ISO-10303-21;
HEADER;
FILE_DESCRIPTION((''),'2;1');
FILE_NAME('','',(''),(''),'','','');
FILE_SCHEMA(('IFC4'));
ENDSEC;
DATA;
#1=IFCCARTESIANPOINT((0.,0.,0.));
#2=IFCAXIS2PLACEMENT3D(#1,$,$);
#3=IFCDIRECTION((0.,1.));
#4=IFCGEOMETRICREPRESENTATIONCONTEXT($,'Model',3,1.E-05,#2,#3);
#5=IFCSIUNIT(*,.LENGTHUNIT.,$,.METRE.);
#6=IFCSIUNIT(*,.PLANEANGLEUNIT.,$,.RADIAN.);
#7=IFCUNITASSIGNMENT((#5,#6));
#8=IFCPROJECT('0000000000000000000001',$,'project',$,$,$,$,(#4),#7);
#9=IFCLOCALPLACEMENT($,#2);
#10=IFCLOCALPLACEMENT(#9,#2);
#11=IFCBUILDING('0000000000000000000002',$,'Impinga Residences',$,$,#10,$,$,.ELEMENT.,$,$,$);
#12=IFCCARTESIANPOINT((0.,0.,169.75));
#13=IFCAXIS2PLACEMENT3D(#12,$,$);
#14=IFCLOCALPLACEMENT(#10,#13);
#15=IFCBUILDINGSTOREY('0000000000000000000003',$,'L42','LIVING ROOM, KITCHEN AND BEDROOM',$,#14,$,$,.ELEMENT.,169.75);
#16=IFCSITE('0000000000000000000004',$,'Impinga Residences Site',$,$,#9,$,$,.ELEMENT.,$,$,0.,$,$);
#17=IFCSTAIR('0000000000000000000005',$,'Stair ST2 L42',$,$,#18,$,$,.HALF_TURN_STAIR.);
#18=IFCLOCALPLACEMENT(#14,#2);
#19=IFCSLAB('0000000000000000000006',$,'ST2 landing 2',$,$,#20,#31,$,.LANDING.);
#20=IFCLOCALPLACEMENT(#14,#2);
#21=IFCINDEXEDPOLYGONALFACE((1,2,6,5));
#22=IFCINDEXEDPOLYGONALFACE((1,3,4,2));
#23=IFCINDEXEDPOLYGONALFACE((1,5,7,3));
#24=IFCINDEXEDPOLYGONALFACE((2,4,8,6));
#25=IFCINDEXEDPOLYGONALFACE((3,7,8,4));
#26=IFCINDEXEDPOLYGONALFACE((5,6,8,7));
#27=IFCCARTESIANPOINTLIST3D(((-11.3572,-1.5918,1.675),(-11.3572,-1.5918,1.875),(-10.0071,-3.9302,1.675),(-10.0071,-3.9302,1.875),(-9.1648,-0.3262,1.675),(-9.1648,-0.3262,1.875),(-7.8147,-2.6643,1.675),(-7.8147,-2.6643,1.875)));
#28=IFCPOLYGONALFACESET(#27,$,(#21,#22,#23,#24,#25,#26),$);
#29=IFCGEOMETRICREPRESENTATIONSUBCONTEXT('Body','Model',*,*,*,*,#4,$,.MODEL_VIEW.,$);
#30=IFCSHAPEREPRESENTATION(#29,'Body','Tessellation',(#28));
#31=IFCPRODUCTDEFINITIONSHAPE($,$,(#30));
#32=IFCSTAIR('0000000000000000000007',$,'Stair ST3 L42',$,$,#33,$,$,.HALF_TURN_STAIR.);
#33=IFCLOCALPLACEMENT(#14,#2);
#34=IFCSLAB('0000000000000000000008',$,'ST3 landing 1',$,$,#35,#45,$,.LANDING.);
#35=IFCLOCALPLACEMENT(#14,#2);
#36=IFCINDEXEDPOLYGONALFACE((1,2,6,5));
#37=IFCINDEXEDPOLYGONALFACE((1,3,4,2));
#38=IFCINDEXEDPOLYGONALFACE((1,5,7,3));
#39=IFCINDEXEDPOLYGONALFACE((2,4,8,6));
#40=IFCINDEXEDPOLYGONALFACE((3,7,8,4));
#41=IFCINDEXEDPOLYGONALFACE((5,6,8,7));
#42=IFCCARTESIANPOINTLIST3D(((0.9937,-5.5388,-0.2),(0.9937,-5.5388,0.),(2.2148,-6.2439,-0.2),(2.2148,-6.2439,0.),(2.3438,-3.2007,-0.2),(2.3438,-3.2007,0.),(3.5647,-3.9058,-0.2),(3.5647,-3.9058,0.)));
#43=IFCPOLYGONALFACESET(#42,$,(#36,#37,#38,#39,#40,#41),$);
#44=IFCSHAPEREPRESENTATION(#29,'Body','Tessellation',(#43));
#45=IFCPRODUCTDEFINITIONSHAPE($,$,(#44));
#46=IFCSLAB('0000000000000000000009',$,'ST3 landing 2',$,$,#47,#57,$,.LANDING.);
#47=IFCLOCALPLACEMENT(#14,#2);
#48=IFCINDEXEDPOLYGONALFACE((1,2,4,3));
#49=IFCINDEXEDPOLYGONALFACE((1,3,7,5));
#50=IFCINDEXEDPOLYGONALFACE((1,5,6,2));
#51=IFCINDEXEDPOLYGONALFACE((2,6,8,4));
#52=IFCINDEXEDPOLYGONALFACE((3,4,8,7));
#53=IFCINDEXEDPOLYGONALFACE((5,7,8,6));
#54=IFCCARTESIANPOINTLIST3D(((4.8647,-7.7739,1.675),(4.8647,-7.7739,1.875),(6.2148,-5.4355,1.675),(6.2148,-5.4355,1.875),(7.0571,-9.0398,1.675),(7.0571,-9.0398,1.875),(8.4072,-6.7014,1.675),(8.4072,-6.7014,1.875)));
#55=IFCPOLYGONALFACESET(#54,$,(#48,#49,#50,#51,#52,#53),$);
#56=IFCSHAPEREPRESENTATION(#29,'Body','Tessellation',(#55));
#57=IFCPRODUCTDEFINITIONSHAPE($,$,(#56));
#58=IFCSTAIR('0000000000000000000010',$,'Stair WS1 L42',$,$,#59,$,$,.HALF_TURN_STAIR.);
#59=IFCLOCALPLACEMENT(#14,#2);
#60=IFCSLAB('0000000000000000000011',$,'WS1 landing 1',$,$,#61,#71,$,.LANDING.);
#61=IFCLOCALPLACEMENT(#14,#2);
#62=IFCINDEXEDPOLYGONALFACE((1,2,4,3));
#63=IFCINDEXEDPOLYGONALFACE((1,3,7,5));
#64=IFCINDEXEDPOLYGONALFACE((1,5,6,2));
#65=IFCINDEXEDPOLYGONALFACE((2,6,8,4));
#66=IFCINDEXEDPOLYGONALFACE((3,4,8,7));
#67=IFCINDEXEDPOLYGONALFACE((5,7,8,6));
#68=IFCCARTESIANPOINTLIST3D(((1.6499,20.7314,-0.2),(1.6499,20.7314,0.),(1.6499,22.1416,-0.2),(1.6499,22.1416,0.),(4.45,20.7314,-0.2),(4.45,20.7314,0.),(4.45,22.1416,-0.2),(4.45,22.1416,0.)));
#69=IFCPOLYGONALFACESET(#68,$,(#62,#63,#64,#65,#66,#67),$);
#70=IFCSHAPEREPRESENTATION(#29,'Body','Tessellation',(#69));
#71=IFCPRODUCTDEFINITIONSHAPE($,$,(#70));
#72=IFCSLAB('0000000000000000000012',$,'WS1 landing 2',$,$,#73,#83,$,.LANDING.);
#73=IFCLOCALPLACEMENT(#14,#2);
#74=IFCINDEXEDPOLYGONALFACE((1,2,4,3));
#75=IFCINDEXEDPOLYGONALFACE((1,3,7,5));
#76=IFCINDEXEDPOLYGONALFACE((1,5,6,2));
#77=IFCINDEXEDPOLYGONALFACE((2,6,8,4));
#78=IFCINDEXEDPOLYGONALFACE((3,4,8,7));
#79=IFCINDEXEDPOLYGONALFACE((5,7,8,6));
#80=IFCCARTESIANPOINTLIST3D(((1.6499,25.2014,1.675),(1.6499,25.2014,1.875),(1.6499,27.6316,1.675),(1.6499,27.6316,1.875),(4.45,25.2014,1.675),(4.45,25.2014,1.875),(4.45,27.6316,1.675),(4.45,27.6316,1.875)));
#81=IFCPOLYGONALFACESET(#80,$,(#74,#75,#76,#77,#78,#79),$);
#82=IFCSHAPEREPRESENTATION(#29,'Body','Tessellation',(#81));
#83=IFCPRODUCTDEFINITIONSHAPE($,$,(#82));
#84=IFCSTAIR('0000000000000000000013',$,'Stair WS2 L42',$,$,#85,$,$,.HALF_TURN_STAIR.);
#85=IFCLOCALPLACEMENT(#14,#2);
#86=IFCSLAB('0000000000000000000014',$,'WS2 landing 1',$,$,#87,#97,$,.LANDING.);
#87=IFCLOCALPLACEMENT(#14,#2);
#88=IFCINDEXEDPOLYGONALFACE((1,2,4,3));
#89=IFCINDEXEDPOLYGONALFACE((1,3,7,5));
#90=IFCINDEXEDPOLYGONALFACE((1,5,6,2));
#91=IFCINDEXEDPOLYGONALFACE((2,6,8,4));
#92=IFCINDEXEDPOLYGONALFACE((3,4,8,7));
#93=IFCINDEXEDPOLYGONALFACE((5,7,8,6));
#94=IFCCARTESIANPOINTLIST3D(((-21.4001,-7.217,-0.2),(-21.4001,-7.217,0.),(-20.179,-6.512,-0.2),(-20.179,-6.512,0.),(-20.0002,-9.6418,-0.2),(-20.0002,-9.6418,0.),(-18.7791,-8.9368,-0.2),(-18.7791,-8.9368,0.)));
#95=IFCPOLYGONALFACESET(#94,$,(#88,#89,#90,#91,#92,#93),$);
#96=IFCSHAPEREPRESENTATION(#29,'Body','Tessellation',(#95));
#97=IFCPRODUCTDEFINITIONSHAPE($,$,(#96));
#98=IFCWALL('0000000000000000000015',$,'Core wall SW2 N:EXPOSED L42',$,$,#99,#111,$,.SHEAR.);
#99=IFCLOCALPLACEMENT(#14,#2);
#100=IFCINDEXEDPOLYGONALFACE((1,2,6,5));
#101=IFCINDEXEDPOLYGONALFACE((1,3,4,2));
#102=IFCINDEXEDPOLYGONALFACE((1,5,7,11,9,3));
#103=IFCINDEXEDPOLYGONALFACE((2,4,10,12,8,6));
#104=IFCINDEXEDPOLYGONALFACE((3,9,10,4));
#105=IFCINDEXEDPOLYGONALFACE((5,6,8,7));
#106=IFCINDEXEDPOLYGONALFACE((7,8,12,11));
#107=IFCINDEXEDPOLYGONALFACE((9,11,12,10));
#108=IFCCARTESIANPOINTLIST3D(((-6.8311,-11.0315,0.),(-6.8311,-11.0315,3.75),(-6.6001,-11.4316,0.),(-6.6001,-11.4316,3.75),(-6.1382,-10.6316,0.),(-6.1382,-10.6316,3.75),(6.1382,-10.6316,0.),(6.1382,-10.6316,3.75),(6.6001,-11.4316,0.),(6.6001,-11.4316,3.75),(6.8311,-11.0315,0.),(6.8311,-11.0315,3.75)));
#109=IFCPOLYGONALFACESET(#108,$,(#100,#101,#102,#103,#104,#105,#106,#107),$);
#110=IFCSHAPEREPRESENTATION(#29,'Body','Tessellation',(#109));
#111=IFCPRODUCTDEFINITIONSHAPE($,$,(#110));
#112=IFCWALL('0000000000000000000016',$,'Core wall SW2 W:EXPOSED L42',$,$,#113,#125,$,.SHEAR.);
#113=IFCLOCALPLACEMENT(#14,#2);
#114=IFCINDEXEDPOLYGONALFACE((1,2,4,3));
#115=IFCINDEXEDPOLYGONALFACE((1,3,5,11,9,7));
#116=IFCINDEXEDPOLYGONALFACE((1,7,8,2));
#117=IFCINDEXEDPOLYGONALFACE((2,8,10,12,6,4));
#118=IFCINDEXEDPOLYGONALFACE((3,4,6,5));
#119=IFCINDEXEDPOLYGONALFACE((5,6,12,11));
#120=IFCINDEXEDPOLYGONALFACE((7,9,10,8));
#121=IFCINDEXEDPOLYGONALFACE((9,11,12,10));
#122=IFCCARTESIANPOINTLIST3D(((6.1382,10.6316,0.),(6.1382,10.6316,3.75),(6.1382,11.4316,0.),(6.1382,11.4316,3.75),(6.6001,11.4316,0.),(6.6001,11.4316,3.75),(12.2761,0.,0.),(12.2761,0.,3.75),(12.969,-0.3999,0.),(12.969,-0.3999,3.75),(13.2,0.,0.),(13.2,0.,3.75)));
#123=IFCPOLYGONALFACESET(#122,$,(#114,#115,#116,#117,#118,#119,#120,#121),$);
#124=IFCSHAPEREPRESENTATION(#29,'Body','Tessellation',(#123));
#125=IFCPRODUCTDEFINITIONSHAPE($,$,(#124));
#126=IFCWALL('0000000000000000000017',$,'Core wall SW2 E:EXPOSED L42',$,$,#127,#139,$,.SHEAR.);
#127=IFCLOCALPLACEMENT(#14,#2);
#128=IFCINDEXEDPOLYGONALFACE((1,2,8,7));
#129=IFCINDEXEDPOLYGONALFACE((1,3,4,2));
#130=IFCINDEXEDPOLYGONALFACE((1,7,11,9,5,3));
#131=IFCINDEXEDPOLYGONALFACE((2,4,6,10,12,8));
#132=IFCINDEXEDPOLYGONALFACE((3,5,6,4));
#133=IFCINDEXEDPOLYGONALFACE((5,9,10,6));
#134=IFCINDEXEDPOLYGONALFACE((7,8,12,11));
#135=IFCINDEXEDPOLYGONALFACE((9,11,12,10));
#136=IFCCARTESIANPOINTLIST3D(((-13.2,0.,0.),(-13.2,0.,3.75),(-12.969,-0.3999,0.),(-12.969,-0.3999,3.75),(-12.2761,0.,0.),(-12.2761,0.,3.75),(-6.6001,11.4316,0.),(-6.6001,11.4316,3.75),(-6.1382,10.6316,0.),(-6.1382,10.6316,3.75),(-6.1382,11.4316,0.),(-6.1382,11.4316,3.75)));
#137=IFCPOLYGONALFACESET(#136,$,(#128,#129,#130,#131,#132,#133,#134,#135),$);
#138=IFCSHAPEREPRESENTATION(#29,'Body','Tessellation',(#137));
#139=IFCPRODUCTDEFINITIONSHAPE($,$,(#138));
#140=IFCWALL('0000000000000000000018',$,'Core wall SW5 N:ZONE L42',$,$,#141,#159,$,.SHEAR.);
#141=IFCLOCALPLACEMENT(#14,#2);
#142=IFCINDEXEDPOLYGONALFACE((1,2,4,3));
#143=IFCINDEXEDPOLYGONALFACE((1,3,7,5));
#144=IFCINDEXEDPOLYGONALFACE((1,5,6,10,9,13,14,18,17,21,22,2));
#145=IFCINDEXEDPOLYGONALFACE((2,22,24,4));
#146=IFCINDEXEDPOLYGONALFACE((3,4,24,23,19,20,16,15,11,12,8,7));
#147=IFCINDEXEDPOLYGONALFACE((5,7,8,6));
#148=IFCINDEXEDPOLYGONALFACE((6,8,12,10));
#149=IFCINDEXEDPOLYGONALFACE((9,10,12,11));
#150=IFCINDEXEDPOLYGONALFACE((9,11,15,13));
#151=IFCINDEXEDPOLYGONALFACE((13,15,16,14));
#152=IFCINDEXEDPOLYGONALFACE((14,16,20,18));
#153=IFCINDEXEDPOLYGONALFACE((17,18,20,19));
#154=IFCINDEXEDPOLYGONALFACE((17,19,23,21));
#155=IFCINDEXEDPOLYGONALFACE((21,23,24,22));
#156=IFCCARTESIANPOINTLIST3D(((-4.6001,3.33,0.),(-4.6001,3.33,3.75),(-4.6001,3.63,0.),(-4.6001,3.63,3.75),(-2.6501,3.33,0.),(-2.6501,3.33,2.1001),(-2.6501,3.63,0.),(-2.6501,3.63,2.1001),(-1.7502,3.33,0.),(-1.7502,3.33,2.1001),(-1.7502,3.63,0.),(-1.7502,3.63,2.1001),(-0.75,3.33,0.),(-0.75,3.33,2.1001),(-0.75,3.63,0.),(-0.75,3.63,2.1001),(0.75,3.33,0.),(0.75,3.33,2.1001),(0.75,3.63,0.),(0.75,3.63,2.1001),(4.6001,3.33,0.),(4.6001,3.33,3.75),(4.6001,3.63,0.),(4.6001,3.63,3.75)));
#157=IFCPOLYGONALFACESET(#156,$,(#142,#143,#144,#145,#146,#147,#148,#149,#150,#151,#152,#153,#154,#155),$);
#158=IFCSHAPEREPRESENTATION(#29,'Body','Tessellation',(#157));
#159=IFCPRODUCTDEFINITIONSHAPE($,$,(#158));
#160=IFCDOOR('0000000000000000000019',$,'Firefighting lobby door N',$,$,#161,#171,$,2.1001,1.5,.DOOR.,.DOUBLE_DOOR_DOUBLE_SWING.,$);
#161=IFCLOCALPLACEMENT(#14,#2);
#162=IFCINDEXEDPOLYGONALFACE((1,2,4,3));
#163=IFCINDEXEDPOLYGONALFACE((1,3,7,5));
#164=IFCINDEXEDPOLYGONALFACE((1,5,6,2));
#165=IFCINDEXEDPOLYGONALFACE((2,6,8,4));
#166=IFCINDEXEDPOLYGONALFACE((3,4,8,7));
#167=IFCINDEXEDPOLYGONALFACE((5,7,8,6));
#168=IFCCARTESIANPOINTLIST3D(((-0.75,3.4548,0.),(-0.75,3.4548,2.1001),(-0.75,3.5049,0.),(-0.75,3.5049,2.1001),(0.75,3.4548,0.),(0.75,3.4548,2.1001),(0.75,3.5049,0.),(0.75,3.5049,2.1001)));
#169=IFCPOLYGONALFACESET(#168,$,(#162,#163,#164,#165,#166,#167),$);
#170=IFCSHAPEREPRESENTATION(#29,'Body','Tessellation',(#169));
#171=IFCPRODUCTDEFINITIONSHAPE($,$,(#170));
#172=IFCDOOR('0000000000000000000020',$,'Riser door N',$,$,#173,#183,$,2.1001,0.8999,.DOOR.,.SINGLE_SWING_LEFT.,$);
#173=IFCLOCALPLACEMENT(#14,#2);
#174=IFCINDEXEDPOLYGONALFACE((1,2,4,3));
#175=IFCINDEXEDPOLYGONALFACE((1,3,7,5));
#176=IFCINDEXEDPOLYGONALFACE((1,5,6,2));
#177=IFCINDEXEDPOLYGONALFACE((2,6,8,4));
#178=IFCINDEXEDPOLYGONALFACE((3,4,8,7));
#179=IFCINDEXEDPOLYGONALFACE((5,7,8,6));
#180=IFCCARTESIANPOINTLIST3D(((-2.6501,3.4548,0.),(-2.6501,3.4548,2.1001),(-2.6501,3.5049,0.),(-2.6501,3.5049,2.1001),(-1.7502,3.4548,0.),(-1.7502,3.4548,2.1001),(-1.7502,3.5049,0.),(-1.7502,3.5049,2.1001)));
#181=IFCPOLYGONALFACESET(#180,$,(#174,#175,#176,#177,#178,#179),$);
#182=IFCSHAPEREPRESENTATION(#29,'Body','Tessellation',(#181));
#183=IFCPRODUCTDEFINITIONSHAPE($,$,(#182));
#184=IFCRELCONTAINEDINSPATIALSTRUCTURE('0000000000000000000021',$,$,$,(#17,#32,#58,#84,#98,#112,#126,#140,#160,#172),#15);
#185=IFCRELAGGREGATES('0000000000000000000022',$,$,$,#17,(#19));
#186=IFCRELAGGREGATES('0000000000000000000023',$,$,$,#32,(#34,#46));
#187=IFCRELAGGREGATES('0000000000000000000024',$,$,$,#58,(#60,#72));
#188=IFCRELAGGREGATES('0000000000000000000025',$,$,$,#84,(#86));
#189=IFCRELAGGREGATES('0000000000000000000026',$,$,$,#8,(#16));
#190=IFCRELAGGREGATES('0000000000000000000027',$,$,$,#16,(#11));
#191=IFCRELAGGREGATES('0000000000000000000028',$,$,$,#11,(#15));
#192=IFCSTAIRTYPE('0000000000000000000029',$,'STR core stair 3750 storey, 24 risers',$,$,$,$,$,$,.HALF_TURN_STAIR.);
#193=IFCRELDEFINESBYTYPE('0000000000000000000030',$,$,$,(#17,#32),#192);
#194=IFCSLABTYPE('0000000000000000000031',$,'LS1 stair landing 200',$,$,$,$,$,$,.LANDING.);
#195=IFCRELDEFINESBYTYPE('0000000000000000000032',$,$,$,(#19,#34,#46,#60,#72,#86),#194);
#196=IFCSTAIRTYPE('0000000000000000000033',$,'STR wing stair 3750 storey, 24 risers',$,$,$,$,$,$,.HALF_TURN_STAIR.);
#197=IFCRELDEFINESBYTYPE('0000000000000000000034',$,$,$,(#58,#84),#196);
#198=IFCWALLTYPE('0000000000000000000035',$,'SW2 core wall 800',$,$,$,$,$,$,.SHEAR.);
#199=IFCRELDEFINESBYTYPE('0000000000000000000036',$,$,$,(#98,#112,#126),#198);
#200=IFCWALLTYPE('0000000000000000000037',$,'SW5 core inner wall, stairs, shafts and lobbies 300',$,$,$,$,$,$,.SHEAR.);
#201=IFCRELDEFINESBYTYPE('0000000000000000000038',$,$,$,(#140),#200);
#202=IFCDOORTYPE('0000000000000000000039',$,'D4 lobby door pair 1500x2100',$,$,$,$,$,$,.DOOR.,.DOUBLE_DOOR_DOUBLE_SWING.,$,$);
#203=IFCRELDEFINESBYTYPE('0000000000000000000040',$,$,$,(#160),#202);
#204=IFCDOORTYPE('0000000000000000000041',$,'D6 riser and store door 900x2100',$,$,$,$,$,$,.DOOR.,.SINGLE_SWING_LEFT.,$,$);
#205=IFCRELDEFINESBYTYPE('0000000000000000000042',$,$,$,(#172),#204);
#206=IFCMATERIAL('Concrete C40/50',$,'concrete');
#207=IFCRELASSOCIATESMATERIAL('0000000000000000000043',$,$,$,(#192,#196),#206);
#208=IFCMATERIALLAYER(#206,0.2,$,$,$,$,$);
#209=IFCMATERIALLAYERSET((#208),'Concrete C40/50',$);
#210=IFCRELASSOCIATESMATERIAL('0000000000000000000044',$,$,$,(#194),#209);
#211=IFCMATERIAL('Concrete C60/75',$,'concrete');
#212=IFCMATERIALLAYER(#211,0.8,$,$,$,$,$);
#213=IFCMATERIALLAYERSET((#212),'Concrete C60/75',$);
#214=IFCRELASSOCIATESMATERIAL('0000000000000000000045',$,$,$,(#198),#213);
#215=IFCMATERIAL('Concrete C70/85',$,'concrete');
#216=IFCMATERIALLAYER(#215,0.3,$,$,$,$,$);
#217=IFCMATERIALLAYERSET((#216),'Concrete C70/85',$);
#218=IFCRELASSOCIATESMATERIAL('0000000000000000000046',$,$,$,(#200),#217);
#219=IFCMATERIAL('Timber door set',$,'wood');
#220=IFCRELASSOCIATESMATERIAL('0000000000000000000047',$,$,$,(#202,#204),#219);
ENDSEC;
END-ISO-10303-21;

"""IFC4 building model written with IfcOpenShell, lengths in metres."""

from ifc_helpers import new_model, si_unit, direction, frame, frame_2d, origin, place, context, subcontext, project, spatial, polyline, rectangle, outline, extrude, material, layer, layer_set, type_object, element, fill, aggregate, save


model = new_model("IFC4")

# Units and contexts
model_context = context("Model", 3, precision=1e-05, world=origin(), true_north=direction((0.0, 1.0)))
body_context = subcontext(model_context, "Body", "Model", "MODEL_VIEW")
ifc_project = project(units=[si_unit("LENGTHUNIT", "METRE"), si_unit("PLANEANGLEUNIT", "RADIAN")], contexts=[model_context])

# Site, building, storey
site_placement = place(None, origin())
site = spatial("IfcSite", under=ifc_project, at=site_placement, Name="Impinga Residences Site", CompositionType="ELEMENT", RefElevation=0.0)
building_placement = place(site_placement, origin())
building = spatial("IfcBuilding", under=site, at=building_placement, Name="Impinga Residences", CompositionType="ELEMENT")
storey_placement = place(building_placement, frame((0.0, 0.0, 169.75)))
storey = spatial("IfcBuildingStorey", under=building, at=storey_placement, Name="L42", Description="LIVING ROOM, KITCHEN AND BEDROOM", CompositionType="ELEMENT", Elevation=169.75)

# Shared definitions
ifc_material_1 = material(Name="Concrete C60/75", Category="concrete")

# Stairs, slabs
ifc_material_2 = material(Name="Concrete C40/50", Category="concrete")
stair_type_1 = type_object("IfcStairType", Name="STR core stair 3750 storey, 24 risers", PredefinedType="HALF_TURN_STAIR", material=ifc_material_2)
ifc_layer_1 = layer(ifc_material_2, 0.2)
ifc_layer_set_1 = layer_set([ifc_layer_1], Name="Concrete C40/50")
slab_type_1 = type_object("IfcSlabType", Name="LS1 stair landing 200", PredefinedType="LANDING", material=ifc_layer_set_1)
stair_1_placement = place(storey_placement, origin())
stair_1 = element("IfcStair", 1, at=stair_1_placement, inside=storey, type_object=stair_type_1, Name="Stair ST2 L42", PredefinedType="HALF_TURN_STAIR")
slab_1_placement = place(storey_placement, frame((0.0, 0.0, 1.675)))
slab_1 = element("IfcSlab", 2, at=slab_1_placement, type_object=slab_type_1, Name="ST2 landing 2", PredefinedType="LANDING", context=body_context, shape_type="SweptSolid", body=[
    extrude(outline(polyline([(-7.8147, -2.6643), (-9.1648, -0.3262), (-11.3572, -1.5918), (-10.0071, -3.9302), (-7.8147, -2.6643)])), origin(), (0.0, 0.0, 1.0), 0.2),
])
aggregate(stair_1, [slab_1])
stair_2_placement = place(storey_placement, origin())
stair_2 = element("IfcStair", 3, at=stair_2_placement, inside=storey, type_object=stair_type_1, Name="Stair ST3 L42", PredefinedType="HALF_TURN_STAIR")
slab_2_placement = place(storey_placement, frame((0.0, 0.0, -0.2)))
slab_2 = element("IfcSlab", 4, at=slab_2_placement, type_object=slab_type_1, Name="ST3 landing 1", PredefinedType="LANDING", context=body_context, shape_type="SweptSolid", body=[
    extrude(outline(polyline([(2.3438, -3.2007), (0.9937, -5.5388), (2.2148, -6.2439), (3.5647, -3.9058), (2.3438, -3.2007)])), origin(), (0.0, 0.0, 1.0), 0.2),
])
slab_3_placement = place(storey_placement, frame((0.0, 0.0, 1.675)))
slab_3 = element("IfcSlab", 5, at=slab_3_placement, type_object=slab_type_1, Name="ST3 landing 2", PredefinedType="LANDING", context=body_context, shape_type="SweptSolid", body=[
    extrude(outline(polyline([(6.2148, -5.4355), (4.8647, -7.7739), (7.0571, -9.0398), (8.4072, -6.7014), (6.2148, -5.4355)])), origin(), (0.0, 0.0, 1.0), 0.2),
])
aggregate(stair_2, [slab_2, slab_3])
stair_type_2 = type_object("IfcStairType", Name="STR wing stair 3750 storey, 24 risers", PredefinedType="HALF_TURN_STAIR", material=ifc_material_2)
stair_3_placement = place(storey_placement, origin())
stair_3 = element("IfcStair", 6, at=stair_3_placement, inside=storey, type_object=stair_type_2, Name="Stair WS1 L42", PredefinedType="HALF_TURN_STAIR")
slab_4_placement = place(storey_placement, frame((0.0, 0.0, -0.2)))
slab_4 = element("IfcSlab", 7, at=slab_4_placement, type_object=slab_type_1, Name="WS1 landing 1", PredefinedType="LANDING", context=body_context, shape_type="SweptSolid", body=[
    extrude(outline(polyline([(1.6499, 20.7314), (4.45, 20.7314), (4.45, 22.1416), (1.6499, 22.1416), (1.6499, 20.7314)])), origin(), (0.0, 0.0, 1.0), 0.2),
])
slab_5_placement = place(storey_placement, frame((0.0, 0.0, 1.675)))
slab_5 = element("IfcSlab", 8, at=slab_5_placement, type_object=slab_type_1, Name="WS1 landing 2", PredefinedType="LANDING", context=body_context, shape_type="SweptSolid", body=[
    extrude(outline(polyline([(1.6499, 25.2014), (4.45, 25.2014), (4.45, 27.6316), (1.6499, 27.6316), (1.6499, 25.2014)])), origin(), (0.0, 0.0, 1.0), 0.2),
])
aggregate(stair_3, [slab_4, slab_5])

# Stair, slab
stair_4_placement = place(storey_placement, origin())
stair_4 = element("IfcStair", 9, at=stair_4_placement, inside=storey, type_object=stair_type_2, Name="Stair WS2 L42", PredefinedType="HALF_TURN_STAIR")
slab_6_placement = place(storey_placement, frame((0.0, 0.0, -0.2)))
slab_6 = element("IfcSlab", 10, at=slab_6_placement, type_object=slab_type_1, Name="WS2 landing 1", PredefinedType="LANDING", context=body_context, shape_type="SweptSolid", body=[
    extrude(outline(polyline([(-18.7791, -8.9368), (-20.179, -6.512), (-21.4001, -7.217), (-20.0002, -9.6418), (-18.7791, -8.9368)])), origin(), (0.0, 0.0, 1.0), 0.2),
])
aggregate(stair_4, [slab_6])

# Walls
ifc_layer_2 = layer(ifc_material_1, 0.8)
ifc_layer_set_2 = layer_set([ifc_layer_2], Name="Concrete C60/75")
wall_type_1 = type_object("IfcWallType", Name="SW2 core wall 800", PredefinedType="SHEAR", material=ifc_layer_set_2)
wall_1_placement = place(storey_placement, origin())
element("IfcWall", 11, at=wall_1_placement, inside=storey, type_object=wall_type_1, Name="Core wall SW2 N:EXPOSED L42", PredefinedType="SHEAR", context=body_context, shape_type="SweptSolid", body=[
    extrude(outline(polyline([(-6.6001, -11.4316), (6.6001, -11.4316), (6.8311, -11.0315), (6.1382, -10.6316), (-6.1382, -10.6316), (-6.8311, -11.0315), (-6.6001, -11.4316)])), origin(), (0.0, 0.0, 1.0), 3.75),
])
wall_2_placement = place(storey_placement, origin())
element("IfcWall", 12, at=wall_2_placement, inside=storey, type_object=wall_type_1, Name="Core wall SW2 W:EXPOSED L42", PredefinedType="SHEAR", context=body_context, shape_type="SweptSolid", body=[
    extrude(outline(polyline([(13.2, 0.0), (6.6001, 11.4316), (6.1382, 11.4316), (6.1382, 10.6316), (12.2761, 0.0), (12.969, -0.3999), (13.2, 0.0)])), origin(), (0.0, 0.0, 1.0), 3.75),
])
wall_3_placement = place(storey_placement, origin())
element("IfcWall", 13, at=wall_3_placement, inside=storey, type_object=wall_type_1, Name="Core wall SW2 E:EXPOSED L42", PredefinedType="SHEAR", context=body_context, shape_type="SweptSolid", body=[
    extrude(outline(polyline([(-6.6001, 11.4316), (-13.2, 0.0), (-12.969, -0.3999), (-12.2761, 0.0), (-6.1382, 10.6316), (-6.1382, 11.4316), (-6.6001, 11.4316)])), origin(), (0.0, 0.0, 1.0), 3.75),
])

# Wall, openings, doors
ifc_material_3 = material(Name="Concrete C70/85", Category="concrete")
ifc_layer_3 = layer(ifc_material_3, 0.3)
ifc_layer_set_3 = layer_set([ifc_layer_3], Name="Concrete C70/85")
wall_type_2 = type_object("IfcWallType", Name="SW5 core inner wall, stairs, shafts and lobbies 300", PredefinedType="SHEAR", material=ifc_layer_set_3)
wall_4_placement = place(storey_placement, frame((-4.6001, 3.48, 0.0), z_axis=(0.0, 0.0, 1.0), x_axis=(1.0, 0.0, 0.0)))
wall_4 = element("IfcWall", 14, at=wall_4_placement, inside=storey, type_object=wall_type_2, Name="Core wall SW5 N:ZONE L42", PredefinedType="SHEAR", context=body_context, shape_type="SweptSolid", body=[
    extrude(rectangle(XDim=9.2002, YDim=0.3, at=frame_2d((4.6001, 0.0))), origin(), (0.0, 0.0, 1.0), 3.75),
])
opening_1_placement = place(wall_4_placement, frame((3.8501, 0.0, 0.0)))
opening_1 = element("IfcOpeningElement", 15, at=opening_1_placement, cuts=wall_4, PredefinedType="OPENING", context=body_context, shape_type="SweptSolid", body=[
    extrude(rectangle(XDim=1.5, YDim=2.1001, at=frame_2d((0.75, 1.05))), frame((0.0, 0.1599, 0.0), z_axis=(0.0, -1.0, 0.0), x_axis=(1.0, 0.0, 0.0)), (0.0, 0.0, 1.0), 0.3201),
])
opening_2_placement = place(wall_4_placement, frame((1.95, 0.0, 0.0)))
opening_2 = element("IfcOpeningElement", 16, at=opening_2_placement, cuts=wall_4, PredefinedType="OPENING", context=body_context, shape_type="SweptSolid", body=[
    extrude(rectangle(XDim=0.8999, YDim=2.1001, at=frame_2d((0.45, 1.05))), frame((0.0, 0.1599, 0.0), z_axis=(0.0, -1.0, 0.0), x_axis=(1.0, 0.0, 0.0)), (0.0, 0.0, 1.0), 0.3201),
])
ifc_material_4 = material(Name="Timber door set", Category="wood")
door_type_1 = type_object("IfcDoorType", Name="D4 lobby door pair 1500x2100", OperationType="DOUBLE_DOOR_DOUBLE_SWING", PredefinedType="DOOR", material=ifc_material_4)
door_1_placement = place(opening_1_placement, origin())
door_1 = element("IfcDoor", 17, at=door_1_placement, inside=storey, type_object=door_type_1, Name="Firefighting lobby door N", OperationType="DOUBLE_DOOR_DOUBLE_SWING", OverallHeight=2.1001, OverallWidth=1.5, PredefinedType="DOOR", context=body_context, shape_type="SweptSolid", body=[
    extrude(rectangle(XDim=1.5, YDim=2.1001, at=frame_2d((0.75, 1.05))), frame((0.0, 0.0249, 0.0), z_axis=(0.0, -1.0, 0.0), x_axis=(1.0, 0.0, 0.0)), (0.0, 0.0, 1.0), 0.05),
])
fill(opening_1, door_1)
door_type_2 = type_object("IfcDoorType", Name="D6 riser and store door 900x2100", OperationType="SINGLE_SWING_LEFT", PredefinedType="DOOR", material=ifc_material_4)
door_2_placement = place(opening_2_placement, origin())
door_2 = element("IfcDoor", 18, at=door_2_placement, inside=storey, type_object=door_type_2, Name="Riser door N", OperationType="SINGLE_SWING_LEFT", OverallHeight=2.1001, OverallWidth=0.8999, PredefinedType="DOOR", context=body_context, shape_type="SweptSolid", body=[
    extrude(rectangle(XDim=0.8999, YDim=2.1001, at=frame_2d((0.45, 1.05))), frame((0.0, 0.0249, 0.0), z_axis=(0.0, -1.0, 0.0), x_axis=(1.0, 0.0, 0.0)), (0.0, 0.0, 1.0), 0.05),
])
fill(opening_2, door_2)

save(model, "model.ifc")
